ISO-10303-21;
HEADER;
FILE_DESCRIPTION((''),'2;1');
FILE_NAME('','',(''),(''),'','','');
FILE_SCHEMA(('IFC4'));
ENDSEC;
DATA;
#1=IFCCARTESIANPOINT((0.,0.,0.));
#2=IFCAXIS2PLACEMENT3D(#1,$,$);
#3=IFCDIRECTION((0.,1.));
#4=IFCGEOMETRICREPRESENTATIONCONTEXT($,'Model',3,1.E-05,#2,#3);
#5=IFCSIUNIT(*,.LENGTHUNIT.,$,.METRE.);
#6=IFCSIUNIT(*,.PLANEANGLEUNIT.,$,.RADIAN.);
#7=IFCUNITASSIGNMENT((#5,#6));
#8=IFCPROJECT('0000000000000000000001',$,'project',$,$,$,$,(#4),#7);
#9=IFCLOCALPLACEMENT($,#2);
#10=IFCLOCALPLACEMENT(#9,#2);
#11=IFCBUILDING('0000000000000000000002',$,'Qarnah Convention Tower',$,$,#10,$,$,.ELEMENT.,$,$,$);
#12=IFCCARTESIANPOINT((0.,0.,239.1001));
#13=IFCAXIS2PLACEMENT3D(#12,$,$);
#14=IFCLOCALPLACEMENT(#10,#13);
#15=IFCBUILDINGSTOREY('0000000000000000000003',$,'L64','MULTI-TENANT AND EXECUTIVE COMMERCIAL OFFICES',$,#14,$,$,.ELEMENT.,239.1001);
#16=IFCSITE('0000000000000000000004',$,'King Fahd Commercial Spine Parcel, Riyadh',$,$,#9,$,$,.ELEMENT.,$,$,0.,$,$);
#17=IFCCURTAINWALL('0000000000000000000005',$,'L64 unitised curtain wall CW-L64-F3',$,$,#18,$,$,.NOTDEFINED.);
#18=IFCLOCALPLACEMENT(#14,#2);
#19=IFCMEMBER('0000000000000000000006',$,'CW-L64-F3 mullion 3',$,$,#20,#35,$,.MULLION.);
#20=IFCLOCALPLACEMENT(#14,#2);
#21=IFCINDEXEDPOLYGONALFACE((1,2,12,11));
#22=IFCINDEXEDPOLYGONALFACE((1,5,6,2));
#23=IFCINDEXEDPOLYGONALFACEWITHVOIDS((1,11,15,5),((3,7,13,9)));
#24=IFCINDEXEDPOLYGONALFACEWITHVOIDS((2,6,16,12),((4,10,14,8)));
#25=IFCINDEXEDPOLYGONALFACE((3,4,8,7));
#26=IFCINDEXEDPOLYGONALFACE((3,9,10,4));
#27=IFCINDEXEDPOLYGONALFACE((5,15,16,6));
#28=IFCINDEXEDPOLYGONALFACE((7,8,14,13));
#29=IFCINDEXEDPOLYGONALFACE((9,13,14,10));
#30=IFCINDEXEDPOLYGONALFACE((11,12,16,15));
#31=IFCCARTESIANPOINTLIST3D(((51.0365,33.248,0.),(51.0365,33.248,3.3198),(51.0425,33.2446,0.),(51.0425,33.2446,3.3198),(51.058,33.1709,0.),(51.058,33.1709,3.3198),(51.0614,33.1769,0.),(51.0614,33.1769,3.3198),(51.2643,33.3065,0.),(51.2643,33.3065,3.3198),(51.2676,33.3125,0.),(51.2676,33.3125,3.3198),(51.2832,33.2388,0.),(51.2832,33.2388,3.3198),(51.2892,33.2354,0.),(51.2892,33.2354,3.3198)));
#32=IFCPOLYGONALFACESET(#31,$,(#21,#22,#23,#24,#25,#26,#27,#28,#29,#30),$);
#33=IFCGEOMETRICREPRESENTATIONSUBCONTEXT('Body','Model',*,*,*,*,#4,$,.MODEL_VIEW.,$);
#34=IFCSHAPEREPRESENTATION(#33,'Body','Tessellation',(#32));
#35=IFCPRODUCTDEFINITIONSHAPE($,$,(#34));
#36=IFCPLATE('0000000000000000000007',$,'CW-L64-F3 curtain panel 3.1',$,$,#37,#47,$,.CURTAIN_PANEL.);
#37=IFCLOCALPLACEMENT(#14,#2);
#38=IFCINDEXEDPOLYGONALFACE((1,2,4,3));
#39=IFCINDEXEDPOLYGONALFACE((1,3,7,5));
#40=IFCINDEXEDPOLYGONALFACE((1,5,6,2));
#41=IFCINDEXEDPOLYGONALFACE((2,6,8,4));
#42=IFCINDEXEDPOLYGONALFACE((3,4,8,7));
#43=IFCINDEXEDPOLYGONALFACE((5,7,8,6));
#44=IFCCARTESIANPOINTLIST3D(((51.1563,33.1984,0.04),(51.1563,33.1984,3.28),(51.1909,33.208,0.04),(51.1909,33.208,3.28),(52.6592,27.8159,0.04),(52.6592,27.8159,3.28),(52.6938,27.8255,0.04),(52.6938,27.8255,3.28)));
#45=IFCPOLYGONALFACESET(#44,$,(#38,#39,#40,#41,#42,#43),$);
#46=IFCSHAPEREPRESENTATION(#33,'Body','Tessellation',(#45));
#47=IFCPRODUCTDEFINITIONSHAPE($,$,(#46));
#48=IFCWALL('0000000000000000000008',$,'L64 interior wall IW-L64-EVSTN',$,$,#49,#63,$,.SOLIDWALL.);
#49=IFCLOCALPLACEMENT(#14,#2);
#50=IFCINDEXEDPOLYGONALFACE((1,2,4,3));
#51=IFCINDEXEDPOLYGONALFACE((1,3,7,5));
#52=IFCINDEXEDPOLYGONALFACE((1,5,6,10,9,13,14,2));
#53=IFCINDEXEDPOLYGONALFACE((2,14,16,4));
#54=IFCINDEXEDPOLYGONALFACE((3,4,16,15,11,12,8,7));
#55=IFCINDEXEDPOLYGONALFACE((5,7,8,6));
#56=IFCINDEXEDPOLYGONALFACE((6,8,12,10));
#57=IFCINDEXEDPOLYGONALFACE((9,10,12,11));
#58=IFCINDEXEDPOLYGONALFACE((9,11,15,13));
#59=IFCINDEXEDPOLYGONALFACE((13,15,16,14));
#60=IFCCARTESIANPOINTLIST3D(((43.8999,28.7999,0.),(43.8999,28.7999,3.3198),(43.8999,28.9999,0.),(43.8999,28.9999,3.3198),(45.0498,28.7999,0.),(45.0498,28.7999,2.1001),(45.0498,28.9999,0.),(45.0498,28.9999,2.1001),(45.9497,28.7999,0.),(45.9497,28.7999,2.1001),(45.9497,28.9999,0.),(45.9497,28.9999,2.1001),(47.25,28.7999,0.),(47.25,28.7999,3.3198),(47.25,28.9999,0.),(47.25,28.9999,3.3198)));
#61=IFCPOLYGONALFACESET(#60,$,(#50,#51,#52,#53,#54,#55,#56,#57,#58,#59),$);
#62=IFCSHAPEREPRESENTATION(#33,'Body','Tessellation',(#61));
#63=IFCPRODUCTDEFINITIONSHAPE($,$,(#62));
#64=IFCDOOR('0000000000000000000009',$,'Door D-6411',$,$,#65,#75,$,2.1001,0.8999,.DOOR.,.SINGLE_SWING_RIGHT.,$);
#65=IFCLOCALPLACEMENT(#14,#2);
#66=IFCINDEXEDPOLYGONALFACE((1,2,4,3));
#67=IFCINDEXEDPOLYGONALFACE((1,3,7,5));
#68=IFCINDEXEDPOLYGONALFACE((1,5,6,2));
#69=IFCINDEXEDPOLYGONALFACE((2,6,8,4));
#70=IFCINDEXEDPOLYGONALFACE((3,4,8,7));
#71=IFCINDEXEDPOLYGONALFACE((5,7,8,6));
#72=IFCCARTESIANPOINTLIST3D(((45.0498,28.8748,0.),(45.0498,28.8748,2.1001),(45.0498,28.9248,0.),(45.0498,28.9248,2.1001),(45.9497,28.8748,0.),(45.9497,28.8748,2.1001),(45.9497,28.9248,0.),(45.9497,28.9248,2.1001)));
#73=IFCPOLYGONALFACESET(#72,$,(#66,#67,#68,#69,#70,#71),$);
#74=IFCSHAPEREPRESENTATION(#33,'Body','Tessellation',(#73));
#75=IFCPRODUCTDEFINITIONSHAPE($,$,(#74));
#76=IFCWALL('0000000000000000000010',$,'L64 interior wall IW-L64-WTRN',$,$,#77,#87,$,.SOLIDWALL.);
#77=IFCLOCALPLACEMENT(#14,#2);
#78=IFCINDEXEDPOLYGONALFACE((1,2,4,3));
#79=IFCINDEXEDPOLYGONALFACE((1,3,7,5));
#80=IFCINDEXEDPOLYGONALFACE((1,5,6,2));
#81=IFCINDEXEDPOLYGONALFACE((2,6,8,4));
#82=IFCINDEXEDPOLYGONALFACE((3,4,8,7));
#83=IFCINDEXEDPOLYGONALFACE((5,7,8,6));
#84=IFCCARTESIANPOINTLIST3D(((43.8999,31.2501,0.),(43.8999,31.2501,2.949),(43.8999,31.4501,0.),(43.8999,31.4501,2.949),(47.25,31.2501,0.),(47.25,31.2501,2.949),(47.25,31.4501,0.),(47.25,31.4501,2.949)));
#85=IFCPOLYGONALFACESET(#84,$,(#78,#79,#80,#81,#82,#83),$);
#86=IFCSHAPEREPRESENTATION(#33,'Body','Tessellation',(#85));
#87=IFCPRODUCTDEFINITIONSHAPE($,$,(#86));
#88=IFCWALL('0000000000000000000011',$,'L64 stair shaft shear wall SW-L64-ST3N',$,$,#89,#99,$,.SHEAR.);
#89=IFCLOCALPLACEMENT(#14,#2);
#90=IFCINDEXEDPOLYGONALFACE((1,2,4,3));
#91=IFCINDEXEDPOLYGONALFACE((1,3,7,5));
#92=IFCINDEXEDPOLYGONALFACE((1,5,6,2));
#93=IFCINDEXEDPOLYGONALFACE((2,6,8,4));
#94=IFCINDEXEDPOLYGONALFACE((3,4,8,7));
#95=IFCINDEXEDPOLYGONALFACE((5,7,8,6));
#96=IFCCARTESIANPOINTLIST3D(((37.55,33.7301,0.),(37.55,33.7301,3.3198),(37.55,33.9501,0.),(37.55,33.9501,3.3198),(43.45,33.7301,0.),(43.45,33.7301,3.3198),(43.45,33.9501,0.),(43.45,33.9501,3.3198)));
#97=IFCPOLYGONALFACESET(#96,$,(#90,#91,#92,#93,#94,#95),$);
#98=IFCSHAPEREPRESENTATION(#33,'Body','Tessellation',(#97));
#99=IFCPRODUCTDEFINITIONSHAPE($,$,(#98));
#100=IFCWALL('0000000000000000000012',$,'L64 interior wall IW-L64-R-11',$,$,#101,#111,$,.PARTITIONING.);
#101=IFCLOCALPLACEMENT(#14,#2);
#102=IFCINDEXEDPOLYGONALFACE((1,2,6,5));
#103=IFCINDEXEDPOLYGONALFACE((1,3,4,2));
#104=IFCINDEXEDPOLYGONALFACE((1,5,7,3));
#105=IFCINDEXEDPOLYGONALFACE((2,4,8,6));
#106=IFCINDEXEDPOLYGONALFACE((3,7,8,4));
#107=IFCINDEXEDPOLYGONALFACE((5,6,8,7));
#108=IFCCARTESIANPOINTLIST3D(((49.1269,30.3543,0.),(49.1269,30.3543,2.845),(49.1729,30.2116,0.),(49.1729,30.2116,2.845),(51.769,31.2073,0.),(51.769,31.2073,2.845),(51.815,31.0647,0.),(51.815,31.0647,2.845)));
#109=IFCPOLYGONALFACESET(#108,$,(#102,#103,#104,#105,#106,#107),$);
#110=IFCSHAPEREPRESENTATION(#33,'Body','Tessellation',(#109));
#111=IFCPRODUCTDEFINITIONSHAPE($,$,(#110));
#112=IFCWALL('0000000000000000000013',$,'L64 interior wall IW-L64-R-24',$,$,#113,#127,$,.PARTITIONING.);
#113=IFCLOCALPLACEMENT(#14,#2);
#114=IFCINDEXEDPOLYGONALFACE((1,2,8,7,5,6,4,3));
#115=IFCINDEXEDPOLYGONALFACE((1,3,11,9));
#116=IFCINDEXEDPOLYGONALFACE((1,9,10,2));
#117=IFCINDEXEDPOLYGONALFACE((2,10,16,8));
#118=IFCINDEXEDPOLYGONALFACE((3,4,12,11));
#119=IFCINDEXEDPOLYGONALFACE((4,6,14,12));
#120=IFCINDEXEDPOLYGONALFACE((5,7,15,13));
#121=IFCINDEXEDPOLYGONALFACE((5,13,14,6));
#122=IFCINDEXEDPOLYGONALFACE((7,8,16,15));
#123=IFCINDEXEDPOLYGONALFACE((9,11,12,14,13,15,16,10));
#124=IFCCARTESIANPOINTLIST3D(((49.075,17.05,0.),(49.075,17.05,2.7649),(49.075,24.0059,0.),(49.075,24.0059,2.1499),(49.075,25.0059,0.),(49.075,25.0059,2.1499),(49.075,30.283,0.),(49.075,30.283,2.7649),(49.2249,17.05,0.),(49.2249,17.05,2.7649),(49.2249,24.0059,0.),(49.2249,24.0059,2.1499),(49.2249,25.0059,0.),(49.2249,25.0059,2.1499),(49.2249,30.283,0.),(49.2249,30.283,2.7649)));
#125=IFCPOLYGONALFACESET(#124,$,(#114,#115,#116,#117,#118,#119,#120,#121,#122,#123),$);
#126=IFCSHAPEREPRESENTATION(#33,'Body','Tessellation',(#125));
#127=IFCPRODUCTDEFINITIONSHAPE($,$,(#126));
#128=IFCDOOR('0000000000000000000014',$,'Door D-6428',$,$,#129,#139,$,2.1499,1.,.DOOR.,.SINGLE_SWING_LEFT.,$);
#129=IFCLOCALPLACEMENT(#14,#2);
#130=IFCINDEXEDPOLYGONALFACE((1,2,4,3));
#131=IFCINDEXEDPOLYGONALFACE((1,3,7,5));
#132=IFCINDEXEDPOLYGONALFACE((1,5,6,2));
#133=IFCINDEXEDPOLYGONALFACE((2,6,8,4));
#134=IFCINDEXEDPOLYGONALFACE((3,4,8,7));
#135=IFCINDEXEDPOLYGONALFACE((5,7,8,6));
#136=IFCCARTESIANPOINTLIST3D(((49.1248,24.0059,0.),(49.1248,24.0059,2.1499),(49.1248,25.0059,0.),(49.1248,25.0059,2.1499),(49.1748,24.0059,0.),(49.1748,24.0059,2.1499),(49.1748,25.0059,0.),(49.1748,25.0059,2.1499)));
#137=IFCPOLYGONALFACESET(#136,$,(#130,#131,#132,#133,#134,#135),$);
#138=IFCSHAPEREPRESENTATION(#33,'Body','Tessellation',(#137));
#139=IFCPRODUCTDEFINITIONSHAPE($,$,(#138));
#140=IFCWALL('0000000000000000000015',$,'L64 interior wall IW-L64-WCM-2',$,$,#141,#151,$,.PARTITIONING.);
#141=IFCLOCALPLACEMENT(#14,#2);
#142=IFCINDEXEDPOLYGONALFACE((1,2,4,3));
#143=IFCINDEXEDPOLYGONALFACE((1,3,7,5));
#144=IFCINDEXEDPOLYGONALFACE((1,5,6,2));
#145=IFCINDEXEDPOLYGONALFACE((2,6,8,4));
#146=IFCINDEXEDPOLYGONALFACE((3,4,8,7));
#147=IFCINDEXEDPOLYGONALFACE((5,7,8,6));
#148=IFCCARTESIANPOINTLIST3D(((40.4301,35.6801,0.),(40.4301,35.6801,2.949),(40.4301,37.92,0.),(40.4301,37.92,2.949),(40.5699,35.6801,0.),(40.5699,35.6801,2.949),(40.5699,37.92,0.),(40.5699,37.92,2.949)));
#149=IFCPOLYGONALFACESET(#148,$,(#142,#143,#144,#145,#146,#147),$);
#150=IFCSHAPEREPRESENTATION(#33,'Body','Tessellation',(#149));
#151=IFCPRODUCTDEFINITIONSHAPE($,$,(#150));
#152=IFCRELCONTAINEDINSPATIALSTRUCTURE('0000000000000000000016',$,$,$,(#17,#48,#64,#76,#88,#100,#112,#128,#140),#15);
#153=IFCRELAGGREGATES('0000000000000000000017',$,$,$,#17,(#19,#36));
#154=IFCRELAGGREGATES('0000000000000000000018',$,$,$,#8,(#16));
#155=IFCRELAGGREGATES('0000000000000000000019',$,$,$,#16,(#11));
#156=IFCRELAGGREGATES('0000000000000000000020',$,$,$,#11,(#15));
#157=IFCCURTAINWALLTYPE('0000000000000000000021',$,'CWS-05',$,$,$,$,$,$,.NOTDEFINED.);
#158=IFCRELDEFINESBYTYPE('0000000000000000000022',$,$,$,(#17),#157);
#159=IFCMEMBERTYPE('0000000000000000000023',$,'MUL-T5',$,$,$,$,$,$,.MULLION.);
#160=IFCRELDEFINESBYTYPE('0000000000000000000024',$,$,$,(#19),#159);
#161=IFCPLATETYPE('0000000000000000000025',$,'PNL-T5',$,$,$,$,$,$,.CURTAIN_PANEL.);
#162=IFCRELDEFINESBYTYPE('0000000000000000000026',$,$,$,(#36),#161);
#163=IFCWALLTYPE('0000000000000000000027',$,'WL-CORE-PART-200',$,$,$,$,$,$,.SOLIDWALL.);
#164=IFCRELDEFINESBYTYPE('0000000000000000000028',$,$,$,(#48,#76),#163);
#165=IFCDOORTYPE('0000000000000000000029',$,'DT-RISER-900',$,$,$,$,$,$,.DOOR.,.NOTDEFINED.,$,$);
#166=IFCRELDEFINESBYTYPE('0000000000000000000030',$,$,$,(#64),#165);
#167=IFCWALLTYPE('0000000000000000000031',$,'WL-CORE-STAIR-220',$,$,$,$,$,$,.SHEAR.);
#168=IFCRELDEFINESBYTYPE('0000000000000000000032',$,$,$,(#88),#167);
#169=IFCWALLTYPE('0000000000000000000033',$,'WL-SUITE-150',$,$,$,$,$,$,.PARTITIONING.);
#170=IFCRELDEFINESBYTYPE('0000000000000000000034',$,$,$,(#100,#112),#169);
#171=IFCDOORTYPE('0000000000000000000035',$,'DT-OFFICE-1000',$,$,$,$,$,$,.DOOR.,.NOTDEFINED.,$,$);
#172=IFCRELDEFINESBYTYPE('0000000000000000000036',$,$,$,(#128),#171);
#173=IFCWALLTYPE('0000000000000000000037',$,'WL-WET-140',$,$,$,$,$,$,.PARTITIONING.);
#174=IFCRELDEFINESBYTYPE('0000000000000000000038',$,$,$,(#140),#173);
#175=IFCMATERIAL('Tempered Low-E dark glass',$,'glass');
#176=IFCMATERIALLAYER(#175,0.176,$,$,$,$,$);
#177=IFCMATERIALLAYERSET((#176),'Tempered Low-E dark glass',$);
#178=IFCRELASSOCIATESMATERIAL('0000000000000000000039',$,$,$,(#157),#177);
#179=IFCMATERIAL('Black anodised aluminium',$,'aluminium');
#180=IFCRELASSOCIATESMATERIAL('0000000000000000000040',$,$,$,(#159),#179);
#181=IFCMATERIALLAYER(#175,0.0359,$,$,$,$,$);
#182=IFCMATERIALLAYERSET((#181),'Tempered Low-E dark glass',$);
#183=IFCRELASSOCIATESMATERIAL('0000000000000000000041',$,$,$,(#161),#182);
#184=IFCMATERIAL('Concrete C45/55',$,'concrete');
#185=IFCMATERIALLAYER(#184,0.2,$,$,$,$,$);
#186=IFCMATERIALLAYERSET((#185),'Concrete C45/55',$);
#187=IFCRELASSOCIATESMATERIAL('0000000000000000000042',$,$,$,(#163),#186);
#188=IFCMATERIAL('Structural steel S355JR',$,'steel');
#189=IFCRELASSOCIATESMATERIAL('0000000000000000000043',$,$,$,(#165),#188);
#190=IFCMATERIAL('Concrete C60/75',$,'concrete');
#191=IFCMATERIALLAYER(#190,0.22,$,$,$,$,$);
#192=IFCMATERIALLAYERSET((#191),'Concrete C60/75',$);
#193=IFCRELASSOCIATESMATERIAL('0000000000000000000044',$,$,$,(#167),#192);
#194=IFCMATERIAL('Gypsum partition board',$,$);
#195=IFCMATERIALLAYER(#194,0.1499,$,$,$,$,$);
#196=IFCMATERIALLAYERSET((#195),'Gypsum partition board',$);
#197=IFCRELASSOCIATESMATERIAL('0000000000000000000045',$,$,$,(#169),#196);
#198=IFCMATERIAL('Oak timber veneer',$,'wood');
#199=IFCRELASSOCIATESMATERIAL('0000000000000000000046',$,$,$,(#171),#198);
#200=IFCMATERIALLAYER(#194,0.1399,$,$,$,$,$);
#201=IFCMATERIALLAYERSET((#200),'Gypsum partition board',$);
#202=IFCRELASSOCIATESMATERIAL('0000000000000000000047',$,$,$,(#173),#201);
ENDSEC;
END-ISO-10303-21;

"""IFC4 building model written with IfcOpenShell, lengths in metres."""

from ifc_helpers import new_model, si_unit, direction, frame, frame_2d, origin, origin_2d, place, context, subcontext, project, spatial, rectangle, hollow_rectangle, extrude, material, layer, layer_set, material_profile, profile_set, type_object, element, fill, aggregate, save


model = new_model("IFC4")

# Units and contexts
model_context = context("Model", 3, precision=1e-05, world=origin(), true_north=direction((0.0, 1.0)))
body_context = subcontext(model_context, "Body", "Model", "MODEL_VIEW")
ifc_project = project(units=[si_unit("LENGTHUNIT", "METRE"), si_unit("PLANEANGLEUNIT", "RADIAN")], contexts=[model_context])

# Site, building, storey
site_placement = place(None, origin())
site = spatial("IfcSite", under=ifc_project, at=site_placement, Name="King Fahd Commercial Spine Parcel, Riyadh", CompositionType="ELEMENT", RefElevation=0.0)
building_placement = place(site_placement, origin())
building = spatial("IfcBuilding", under=site, at=building_placement, Name="Qarnah Convention Tower", CompositionType="ELEMENT")
storey_placement = place(building_placement, frame((0.0, 0.0, 239.1001)))
storey = spatial("IfcBuildingStorey", under=building, at=storey_placement, Name="L64", Description="MULTI-TENANT AND EXECUTIVE COMMERCIAL OFFICES", CompositionType="ELEMENT", Elevation=239.1001)

# Shared definitions
ifc_material_1 = material(Name="Structural steel S355JR", Category="steel")

# Curtain wall, member, plate
ifc_material_2 = material(Name="Tempered Low-E dark glass", Category="glass")
ifc_layer_1 = layer(ifc_material_2, 0.176)
ifc_layer_set_1 = layer_set([ifc_layer_1], Name="Tempered Low-E dark glass")
curtain_wall_type = type_object("IfcCurtainWallType", Name="CWS-05", PredefinedType="NOTDEFINED", material=ifc_layer_set_1)
curtain_wall_placement = place(storey_placement, origin())
curtain_wall = element("IfcCurtainWall", 1, at=curtain_wall_placement, inside=storey, type_object=curtain_wall_type, Name="L64 unitised curtain wall CW-L64-F3", PredefinedType="NOTDEFINED")
ifc_material_3 = material(Name="Black anodised aluminium", Category="aluminium")
ifc_material_profile_1 = material_profile(ifc_material_3, hollow_rectangle(XDim=0.0801, YDim=0.24, WallThickness=0.0049, at=origin_2d()), Name="MUL-80X240")
ifc_profile_set_1 = profile_set([ifc_material_profile_1], Name="Black anodised aluminium")
member_type = type_object("IfcMemberType", Name="MUL-T5", PredefinedType="MULLION", material=ifc_profile_set_1)
member_placement = place(storey_placement, frame((51.1628, 33.2417, 0.0), z_axis=(0.0, 0.0, 1.0), x_axis=(0.268928, -0.96316, 0.0)))
member = element("IfcMember", 2, at=member_placement, type_object=member_type, Name="CW-L64-F3 mullion 3", PredefinedType="MULLION", context=body_context, shape_type="SweptSolid", body=[
    extrude(hollow_rectangle(XDim=0.0801, YDim=0.24, WallThickness=0.0049, at=origin_2d()), origin(), (0.0, 0.0, 1.0), 3.3198),
])
ifc_layer_2 = layer(ifc_material_2, 0.0359)
ifc_layer_set_2 = layer_set([ifc_layer_2], Name="Tempered Low-E dark glass")
plate_type = type_object("IfcPlateType", Name="PNL-T5", PredefinedType="CURTAIN_PANEL", material=ifc_layer_set_2)
plate_placement = place(storey_placement, frame((51.925, 30.512, 0.04), z_axis=(0.0, 0.0, 1.0), x_axis=(0.268928, -0.96316, 0.0)))
plate = element("IfcPlate", 3, at=plate_placement, type_object=plate_type, Name="CW-L64-F3 curtain panel 3.1", PredefinedType="CURTAIN_PANEL", context=body_context, shape_type="SweptSolid", body=[
    extrude(rectangle(XDim=5.5884, YDim=0.0359, at=origin_2d()), origin(), (0.0, 0.0, 1.0), 3.24),
])
aggregate(curtain_wall, [member, plate])

# Wall, opening, door
ifc_material_4 = material(Name="Concrete C45/55", Category="concrete")
ifc_layer_3 = layer(ifc_material_4, 0.2)
ifc_layer_set_3 = layer_set([ifc_layer_3], Name="Concrete C45/55")
wall_type_1 = type_object("IfcWallType", Name="WL-CORE-PART-200", PredefinedType="SOLIDWALL", material=ifc_layer_set_3)
wall_1_placement = place(storey_placement, frame((43.8999, 28.8999, 0.0), z_axis=(0.0, 0.0, 1.0), x_axis=(1.0, 0.0, 0.0)))
wall_1 = element("IfcWall", 4, at=wall_1_placement, inside=storey, type_object=wall_type_1, Name="L64 interior wall IW-L64-EVSTN", PredefinedType="SOLIDWALL", context=body_context, shape_type="SweptSolid", body=[
    extrude(rectangle(XDim=3.3501, YDim=0.2, at=frame_2d((1.675, 0.0))), origin(), (0.0, 0.0, 1.0), 3.3198),
])
opening_1_placement = place(wall_1_placement, frame((1.1499, 0.0, 0.0)))
opening_1 = element("IfcOpeningElement", 5, at=opening_1_placement, cuts=wall_1, PredefinedType="OPENING", context=body_context, shape_type="SweptSolid", body=[
    extrude(rectangle(XDim=0.8999, YDim=2.1001, at=frame_2d((0.45, 1.05))), frame((0.0, 0.1099, 0.0), z_axis=(0.0, -1.0, 0.0), x_axis=(1.0, 0.0, 0.0)), (0.0, 0.0, 1.0), 0.22),
])
door_type_1 = type_object("IfcDoorType", Name="DT-RISER-900", OperationType="NOTDEFINED", PredefinedType="DOOR", material=ifc_material_1)
door_1_placement = place(opening_1_placement, origin())
door_1 = element("IfcDoor", 6, at=door_1_placement, inside=storey, type_object=door_type_1, Name="Door D-6411", OperationType="SINGLE_SWING_RIGHT", OverallHeight=2.1001, OverallWidth=0.8999, PredefinedType="DOOR", context=body_context, shape_type="SweptSolid", body=[
    extrude(rectangle(XDim=0.8999, YDim=2.1001, at=frame_2d((0.45, 1.05))), frame((0.0, 0.0249, 0.0), z_axis=(0.0, -1.0, 0.0), x_axis=(1.0, 0.0, 0.0)), (0.0, 0.0, 1.0), 0.05),
])
fill(opening_1, door_1)

# Walls
wall_2_placement = place(storey_placement, frame((43.8999, 31.3501, 0.0), z_axis=(0.0, 0.0, 1.0), x_axis=(1.0, 0.0, 0.0)))
element("IfcWall", 7, at=wall_2_placement, inside=storey, type_object=wall_type_1, Name="L64 interior wall IW-L64-WTRN", PredefinedType="SOLIDWALL", context=body_context, shape_type="SweptSolid", body=[
    extrude(rectangle(XDim=3.3501, YDim=0.2, at=frame_2d((1.675, 0.0))), origin(), (0.0, 0.0, 1.0), 2.949),
])
ifc_material_5 = material(Name="Concrete C60/75", Category="concrete")
ifc_layer_4 = layer(ifc_material_5, 0.22)
ifc_layer_set_4 = layer_set([ifc_layer_4], Name="Concrete C60/75")
wall_type_2 = type_object("IfcWallType", Name="WL-CORE-STAIR-220", PredefinedType="SHEAR", material=ifc_layer_set_4)
wall_3_placement = place(storey_placement, frame((37.55, 33.8401, 0.0), z_axis=(0.0, 0.0, 1.0), x_axis=(1.0, 0.0, 0.0)))
element("IfcWall", 8, at=wall_3_placement, inside=storey, type_object=wall_type_2, Name="L64 stair shaft shear wall SW-L64-ST3N", PredefinedType="SHEAR", context=body_context, shape_type="SweptSolid", body=[
    extrude(rectangle(XDim=5.8999, YDim=0.22, at=frame_2d((2.95, 0.0))), origin(), (0.0, 0.0, 1.0), 3.3198),
])
ifc_material_6 = material(Name="Gypsum partition board")
ifc_layer_5 = layer(ifc_material_6, 0.1499)
ifc_layer_set_5 = layer_set([ifc_layer_5], Name="Gypsum partition board")
wall_type_3 = type_object("IfcWallType", Name="WL-SUITE-150", PredefinedType="PARTITIONING", material=ifc_layer_set_5)
wall_4_placement = place(storey_placement, frame((49.1499, 30.283, 0.0), z_axis=(0.0, 0.0, 1.0), x_axis=(0.951631, 0.307244, 0.0)))
element("IfcWall", 9, at=wall_4_placement, inside=storey, type_object=wall_type_3, Name="L64 interior wall IW-L64-R-11", PredefinedType="PARTITIONING", context=body_context, shape_type="SweptSolid", body=[
    extrude(rectangle(XDim=2.7764, YDim=0.1499, at=frame_2d((1.3882, 0.0))), origin(), (0.0, 0.0, 1.0), 2.845),
])

# Wall, opening, door
wall_5_placement = place(storey_placement, frame((49.1499, 30.283, 0.0), z_axis=(0.0, 0.0, 1.0), x_axis=(0.0, -1.0, 0.0)))
wall_5 = element("IfcWall", 10, at=wall_5_placement, inside=storey, type_object=wall_type_3, Name="L64 interior wall IW-L64-R-24", PredefinedType="PARTITIONING", context=body_context, shape_type="SweptSolid", body=[
    extrude(rectangle(XDim=13.2329, YDim=0.1499, at=frame_2d((6.6165, 0.0))), origin(), (0.0, 0.0, 1.0), 2.7649),
])
opening_2_placement = place(wall_5_placement, frame((5.2771, 0.0, 0.0)))
opening_2 = element("IfcOpeningElement", 11, at=opening_2_placement, cuts=wall_5, PredefinedType="OPENING", context=body_context, shape_type="SweptSolid", body=[
    extrude(rectangle(XDim=1.0, YDim=2.1499, at=frame_2d((0.5, 1.075))), frame((0.0, 0.085, 0.0), z_axis=(0.0, -1.0, 0.0), x_axis=(1.0, 0.0, 0.0)), (0.0, 0.0, 1.0), 0.1699),
])
ifc_material_7 = material(Name="Oak timber veneer", Category="wood")
door_type_2 = type_object("IfcDoorType", Name="DT-OFFICE-1000", OperationType="NOTDEFINED", PredefinedType="DOOR", material=ifc_material_7)
door_2_placement = place(opening_2_placement, origin())
door_2 = element("IfcDoor", 12, at=door_2_placement, inside=storey, type_object=door_type_2, Name="Door D-6428", OperationType="SINGLE_SWING_LEFT", OverallHeight=2.1499, OverallWidth=1.0, PredefinedType="DOOR", context=body_context, shape_type="SweptSolid", body=[
    extrude(rectangle(XDim=1.0, YDim=2.1499, at=frame_2d((0.5, 1.075))), frame((0.0, 0.0249, 0.0), z_axis=(0.0, -1.0, 0.0), x_axis=(1.0, 0.0, 0.0)), (0.0, 0.0, 1.0), 0.05),
])
fill(opening_2, door_2)

# Wall
ifc_layer_6 = layer(ifc_material_6, 0.1399)
ifc_layer_set_6 = layer_set([ifc_layer_6], Name="Gypsum partition board")
wall_type_4 = type_object("IfcWallType", Name="WL-WET-140", PredefinedType="PARTITIONING", material=ifc_layer_set_6)
wall_6_placement = place(storey_placement, frame((40.5, 35.6799, 0.0), z_axis=(0.0, 0.0, 1.0), x_axis=(0.0, 1.0, 0.0)))
element("IfcWall", 13, at=wall_6_placement, inside=storey, type_object=wall_type_4, Name="L64 interior wall IW-L64-WCM-2", PredefinedType="PARTITIONING", context=body_context, shape_type="SweptSolid", body=[
    extrude(rectangle(XDim=2.24, YDim=0.1399, at=frame_2d((1.1201, 0.0))), origin(), (0.0, 0.0, 1.0), 2.949),
])

save(model, "model.ifc")
